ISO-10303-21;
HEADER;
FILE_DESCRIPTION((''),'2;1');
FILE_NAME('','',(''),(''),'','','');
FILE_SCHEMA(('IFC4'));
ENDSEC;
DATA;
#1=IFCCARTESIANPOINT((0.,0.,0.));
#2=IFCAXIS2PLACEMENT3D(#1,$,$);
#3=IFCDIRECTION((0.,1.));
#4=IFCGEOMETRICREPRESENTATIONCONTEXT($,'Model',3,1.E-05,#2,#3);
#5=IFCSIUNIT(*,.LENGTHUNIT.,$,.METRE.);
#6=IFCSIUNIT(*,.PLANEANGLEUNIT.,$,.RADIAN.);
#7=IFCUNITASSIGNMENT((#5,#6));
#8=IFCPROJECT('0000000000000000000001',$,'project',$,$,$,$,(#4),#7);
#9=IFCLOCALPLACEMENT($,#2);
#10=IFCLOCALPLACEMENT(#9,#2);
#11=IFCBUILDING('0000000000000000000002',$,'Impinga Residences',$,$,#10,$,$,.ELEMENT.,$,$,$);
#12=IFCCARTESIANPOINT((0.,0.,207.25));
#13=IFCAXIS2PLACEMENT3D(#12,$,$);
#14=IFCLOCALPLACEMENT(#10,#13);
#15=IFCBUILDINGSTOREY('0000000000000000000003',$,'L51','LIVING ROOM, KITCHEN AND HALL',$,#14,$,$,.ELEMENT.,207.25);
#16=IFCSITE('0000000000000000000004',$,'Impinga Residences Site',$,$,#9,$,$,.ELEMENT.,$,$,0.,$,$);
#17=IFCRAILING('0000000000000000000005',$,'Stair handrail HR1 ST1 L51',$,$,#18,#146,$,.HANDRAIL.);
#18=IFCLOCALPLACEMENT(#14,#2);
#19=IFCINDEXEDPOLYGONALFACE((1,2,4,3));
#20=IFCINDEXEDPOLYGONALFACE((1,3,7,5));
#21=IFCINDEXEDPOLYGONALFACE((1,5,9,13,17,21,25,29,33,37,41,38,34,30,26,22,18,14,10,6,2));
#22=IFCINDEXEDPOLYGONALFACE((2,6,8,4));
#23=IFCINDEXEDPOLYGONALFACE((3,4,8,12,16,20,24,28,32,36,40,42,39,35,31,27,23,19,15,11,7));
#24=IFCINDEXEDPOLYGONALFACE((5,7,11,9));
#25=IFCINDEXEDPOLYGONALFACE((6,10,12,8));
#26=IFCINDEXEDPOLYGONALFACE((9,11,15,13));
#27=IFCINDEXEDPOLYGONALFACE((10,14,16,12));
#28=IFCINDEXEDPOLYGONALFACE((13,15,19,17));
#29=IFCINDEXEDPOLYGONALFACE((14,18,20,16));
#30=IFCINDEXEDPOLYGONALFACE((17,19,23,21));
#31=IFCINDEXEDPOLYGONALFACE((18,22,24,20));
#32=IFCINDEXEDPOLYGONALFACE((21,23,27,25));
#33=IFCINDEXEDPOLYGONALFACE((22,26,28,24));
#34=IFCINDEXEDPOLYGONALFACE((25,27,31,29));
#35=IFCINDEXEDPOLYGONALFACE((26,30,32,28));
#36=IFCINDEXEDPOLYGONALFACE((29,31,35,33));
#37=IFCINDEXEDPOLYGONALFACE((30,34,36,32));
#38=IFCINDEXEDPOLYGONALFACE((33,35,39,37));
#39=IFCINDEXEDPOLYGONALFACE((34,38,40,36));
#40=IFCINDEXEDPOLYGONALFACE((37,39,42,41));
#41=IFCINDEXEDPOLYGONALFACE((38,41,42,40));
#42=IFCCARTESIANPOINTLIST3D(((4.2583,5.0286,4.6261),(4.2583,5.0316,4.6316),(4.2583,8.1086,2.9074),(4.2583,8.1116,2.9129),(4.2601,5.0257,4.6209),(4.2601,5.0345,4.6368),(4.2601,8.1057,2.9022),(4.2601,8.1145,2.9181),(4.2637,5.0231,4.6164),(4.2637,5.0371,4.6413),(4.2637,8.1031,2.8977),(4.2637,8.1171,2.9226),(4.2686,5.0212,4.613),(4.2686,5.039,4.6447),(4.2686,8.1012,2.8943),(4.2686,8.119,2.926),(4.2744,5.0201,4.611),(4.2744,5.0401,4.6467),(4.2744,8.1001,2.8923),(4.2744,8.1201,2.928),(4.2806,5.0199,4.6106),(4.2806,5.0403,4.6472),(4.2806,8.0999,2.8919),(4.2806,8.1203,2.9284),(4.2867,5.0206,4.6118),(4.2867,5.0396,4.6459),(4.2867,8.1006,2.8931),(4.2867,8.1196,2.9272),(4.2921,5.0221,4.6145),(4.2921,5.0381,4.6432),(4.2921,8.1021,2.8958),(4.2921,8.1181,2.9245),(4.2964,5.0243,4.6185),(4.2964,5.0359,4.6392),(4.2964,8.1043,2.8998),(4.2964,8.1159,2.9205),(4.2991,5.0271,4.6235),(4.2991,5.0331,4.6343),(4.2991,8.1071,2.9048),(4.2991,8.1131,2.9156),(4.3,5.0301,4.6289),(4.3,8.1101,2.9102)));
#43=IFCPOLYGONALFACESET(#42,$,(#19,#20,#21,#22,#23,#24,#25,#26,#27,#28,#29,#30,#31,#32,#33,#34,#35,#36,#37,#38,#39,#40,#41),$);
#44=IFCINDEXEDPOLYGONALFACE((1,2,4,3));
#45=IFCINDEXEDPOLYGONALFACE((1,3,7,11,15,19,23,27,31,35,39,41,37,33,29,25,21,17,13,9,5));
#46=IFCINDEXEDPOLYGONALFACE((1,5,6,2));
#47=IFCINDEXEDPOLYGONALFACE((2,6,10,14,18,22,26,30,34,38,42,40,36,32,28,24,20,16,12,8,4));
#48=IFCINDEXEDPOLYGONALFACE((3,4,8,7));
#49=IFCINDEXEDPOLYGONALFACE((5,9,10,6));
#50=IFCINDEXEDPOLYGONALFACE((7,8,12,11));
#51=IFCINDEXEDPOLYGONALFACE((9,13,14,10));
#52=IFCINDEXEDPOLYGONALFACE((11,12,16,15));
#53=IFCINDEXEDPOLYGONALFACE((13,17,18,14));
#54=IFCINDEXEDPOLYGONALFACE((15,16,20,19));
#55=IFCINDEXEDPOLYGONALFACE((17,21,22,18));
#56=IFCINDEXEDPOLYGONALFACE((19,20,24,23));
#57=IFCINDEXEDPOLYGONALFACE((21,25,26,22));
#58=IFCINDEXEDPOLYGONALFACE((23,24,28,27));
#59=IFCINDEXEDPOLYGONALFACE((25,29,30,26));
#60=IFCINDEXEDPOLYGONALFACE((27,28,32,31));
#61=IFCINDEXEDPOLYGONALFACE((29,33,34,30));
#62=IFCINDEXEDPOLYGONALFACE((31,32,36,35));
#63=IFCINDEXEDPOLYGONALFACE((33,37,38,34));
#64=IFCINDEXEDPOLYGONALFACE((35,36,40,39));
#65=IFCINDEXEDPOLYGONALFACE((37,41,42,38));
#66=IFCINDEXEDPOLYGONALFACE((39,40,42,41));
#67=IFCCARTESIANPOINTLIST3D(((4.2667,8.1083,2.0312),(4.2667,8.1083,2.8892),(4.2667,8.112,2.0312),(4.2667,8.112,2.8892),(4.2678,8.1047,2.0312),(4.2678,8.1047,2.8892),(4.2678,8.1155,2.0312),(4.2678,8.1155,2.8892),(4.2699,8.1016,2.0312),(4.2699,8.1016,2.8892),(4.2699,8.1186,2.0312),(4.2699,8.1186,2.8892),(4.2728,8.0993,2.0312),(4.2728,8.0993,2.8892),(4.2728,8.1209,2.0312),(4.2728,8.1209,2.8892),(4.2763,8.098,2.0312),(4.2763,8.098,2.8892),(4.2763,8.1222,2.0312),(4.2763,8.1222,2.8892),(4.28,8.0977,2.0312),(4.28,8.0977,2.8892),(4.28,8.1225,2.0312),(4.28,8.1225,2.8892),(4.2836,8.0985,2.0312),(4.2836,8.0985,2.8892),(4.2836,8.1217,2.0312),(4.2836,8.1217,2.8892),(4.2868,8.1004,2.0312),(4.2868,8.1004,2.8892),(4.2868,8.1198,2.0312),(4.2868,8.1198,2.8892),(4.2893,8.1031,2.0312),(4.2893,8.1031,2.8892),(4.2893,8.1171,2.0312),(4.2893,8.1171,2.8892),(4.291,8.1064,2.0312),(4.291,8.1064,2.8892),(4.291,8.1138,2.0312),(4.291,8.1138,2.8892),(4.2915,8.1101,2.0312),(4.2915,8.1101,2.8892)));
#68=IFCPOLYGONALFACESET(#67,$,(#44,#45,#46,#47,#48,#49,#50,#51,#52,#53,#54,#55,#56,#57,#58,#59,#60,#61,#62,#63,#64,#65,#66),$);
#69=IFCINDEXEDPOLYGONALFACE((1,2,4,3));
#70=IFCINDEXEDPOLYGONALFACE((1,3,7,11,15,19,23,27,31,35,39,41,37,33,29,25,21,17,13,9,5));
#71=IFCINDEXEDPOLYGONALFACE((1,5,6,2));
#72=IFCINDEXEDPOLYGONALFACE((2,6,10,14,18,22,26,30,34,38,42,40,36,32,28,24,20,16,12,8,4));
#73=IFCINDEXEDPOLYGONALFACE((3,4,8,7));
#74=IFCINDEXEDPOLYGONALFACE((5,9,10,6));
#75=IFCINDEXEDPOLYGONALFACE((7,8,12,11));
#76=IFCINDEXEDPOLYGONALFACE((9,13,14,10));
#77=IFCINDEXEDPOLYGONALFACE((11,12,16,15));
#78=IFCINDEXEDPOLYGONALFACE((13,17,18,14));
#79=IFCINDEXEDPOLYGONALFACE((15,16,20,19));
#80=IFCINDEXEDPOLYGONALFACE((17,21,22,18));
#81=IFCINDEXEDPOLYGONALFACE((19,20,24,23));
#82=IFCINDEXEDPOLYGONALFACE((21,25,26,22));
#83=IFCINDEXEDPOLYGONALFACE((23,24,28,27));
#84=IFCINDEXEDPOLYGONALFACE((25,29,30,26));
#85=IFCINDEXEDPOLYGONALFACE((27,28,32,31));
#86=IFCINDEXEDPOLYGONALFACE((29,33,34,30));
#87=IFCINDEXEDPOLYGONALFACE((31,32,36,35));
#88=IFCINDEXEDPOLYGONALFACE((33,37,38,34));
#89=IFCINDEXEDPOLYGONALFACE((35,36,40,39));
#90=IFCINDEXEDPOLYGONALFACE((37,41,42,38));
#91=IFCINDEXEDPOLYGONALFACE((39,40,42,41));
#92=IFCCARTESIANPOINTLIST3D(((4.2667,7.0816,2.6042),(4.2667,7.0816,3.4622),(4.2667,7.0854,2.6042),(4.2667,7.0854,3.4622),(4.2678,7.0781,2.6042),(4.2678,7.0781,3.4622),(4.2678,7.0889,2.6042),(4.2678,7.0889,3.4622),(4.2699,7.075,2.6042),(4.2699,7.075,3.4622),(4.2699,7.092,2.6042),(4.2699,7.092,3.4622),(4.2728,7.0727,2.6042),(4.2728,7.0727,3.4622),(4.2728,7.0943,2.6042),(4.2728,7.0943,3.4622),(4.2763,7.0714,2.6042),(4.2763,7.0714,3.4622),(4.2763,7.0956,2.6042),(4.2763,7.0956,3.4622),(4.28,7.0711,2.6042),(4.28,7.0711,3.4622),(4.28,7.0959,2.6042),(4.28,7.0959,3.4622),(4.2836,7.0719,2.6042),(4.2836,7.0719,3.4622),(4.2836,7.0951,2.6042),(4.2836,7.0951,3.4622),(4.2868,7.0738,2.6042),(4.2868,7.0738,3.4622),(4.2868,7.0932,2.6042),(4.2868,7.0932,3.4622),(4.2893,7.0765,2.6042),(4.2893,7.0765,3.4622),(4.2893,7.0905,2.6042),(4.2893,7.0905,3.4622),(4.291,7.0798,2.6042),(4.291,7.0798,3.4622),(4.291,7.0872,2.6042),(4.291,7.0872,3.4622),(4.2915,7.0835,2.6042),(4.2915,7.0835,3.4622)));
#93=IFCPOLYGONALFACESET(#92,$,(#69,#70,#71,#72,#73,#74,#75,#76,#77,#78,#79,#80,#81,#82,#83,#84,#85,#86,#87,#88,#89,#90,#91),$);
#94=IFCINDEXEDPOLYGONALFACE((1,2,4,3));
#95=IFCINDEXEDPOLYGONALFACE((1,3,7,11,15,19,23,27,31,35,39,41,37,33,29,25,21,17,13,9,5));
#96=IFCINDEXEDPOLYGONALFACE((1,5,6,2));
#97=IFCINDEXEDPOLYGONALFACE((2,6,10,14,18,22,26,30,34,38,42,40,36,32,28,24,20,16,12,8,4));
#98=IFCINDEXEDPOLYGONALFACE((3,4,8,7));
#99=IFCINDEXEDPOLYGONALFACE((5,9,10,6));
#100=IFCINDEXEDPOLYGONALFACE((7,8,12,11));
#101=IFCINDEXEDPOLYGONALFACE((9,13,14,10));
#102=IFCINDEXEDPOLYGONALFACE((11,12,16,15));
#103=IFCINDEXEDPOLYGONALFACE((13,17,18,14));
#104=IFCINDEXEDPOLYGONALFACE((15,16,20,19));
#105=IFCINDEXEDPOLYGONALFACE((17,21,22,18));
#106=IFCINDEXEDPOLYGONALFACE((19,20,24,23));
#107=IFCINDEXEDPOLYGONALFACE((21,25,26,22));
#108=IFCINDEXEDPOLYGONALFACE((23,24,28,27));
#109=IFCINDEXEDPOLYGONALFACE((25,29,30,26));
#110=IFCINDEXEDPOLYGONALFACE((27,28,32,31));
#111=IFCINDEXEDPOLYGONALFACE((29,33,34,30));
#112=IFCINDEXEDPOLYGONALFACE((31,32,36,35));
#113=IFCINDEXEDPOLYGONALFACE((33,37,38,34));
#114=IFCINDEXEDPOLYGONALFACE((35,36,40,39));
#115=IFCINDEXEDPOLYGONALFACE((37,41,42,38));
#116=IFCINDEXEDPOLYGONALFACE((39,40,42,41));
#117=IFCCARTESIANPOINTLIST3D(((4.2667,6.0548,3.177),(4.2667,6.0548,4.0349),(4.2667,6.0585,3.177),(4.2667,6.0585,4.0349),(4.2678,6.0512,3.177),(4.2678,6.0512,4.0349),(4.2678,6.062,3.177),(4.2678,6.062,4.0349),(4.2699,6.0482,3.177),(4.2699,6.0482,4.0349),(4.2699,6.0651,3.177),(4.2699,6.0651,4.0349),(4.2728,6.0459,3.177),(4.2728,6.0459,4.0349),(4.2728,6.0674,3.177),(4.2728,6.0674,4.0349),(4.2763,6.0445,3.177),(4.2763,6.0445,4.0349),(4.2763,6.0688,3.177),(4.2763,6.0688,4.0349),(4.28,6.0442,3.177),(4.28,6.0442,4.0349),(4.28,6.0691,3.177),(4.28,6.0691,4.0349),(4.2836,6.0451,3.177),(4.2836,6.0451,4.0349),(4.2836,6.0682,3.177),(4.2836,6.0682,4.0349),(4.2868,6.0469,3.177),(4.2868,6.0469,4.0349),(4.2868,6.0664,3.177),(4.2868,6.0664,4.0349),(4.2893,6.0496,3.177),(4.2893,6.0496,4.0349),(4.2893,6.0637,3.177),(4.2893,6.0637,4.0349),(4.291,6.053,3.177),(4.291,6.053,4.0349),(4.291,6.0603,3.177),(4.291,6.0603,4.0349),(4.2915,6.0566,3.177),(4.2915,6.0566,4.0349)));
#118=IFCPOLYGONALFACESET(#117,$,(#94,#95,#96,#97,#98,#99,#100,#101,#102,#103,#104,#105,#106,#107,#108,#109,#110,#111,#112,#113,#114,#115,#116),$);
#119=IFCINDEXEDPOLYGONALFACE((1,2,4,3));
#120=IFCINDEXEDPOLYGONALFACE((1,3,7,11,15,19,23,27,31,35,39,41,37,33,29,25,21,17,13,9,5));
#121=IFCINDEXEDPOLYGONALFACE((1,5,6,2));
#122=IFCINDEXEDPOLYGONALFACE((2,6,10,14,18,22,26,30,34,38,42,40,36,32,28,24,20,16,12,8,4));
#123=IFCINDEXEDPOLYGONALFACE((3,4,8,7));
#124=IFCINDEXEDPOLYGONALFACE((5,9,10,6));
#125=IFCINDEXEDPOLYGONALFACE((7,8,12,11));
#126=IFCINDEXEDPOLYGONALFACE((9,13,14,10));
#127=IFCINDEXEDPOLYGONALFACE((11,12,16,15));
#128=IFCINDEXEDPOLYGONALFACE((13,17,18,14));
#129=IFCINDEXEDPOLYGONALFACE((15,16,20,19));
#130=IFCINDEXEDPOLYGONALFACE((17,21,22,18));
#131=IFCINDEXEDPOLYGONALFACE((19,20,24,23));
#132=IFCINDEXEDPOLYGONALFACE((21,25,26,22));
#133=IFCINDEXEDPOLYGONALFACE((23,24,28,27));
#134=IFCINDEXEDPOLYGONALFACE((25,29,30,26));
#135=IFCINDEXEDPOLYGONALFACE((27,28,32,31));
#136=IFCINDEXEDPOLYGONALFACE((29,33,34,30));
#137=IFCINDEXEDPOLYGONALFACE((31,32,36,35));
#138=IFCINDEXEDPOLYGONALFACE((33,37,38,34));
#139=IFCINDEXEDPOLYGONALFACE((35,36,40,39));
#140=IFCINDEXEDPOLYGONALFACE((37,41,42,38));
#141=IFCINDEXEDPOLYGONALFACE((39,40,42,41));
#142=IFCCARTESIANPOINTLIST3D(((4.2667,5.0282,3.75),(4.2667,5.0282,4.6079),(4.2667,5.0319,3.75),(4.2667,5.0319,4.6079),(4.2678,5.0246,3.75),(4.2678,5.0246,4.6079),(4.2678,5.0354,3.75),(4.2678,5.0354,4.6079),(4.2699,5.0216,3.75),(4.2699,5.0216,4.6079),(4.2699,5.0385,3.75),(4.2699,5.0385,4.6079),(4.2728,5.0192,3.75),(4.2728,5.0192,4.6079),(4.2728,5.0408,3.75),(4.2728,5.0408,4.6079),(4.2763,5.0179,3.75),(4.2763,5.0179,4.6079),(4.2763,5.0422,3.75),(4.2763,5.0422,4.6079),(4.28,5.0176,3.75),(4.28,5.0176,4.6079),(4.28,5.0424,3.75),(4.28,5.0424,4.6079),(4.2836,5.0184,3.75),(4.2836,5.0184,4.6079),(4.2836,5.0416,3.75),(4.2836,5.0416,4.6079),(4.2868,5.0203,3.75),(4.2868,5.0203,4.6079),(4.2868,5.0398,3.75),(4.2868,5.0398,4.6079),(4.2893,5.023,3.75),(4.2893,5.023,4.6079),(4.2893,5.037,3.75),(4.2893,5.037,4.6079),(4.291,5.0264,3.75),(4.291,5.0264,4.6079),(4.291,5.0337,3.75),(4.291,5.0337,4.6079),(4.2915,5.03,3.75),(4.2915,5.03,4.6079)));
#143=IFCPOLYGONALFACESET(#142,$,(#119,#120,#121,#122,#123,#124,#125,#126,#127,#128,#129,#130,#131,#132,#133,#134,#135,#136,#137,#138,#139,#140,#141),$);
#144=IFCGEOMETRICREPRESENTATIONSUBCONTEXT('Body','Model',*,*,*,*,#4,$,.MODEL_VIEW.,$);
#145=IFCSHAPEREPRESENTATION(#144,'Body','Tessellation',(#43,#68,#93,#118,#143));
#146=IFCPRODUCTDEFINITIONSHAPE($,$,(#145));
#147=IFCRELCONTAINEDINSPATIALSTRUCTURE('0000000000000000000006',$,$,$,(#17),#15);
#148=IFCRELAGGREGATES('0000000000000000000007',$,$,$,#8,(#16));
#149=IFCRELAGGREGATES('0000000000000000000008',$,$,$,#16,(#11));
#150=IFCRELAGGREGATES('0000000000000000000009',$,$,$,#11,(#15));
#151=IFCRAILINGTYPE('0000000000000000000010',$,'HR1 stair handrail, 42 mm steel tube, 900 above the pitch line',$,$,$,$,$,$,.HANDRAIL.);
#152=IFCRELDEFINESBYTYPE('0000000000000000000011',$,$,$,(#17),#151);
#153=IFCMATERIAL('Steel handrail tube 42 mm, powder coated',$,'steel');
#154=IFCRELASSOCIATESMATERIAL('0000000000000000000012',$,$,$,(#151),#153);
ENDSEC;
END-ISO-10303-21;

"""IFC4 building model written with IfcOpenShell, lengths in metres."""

from ifc_helpers import new_model, si_unit, direction, frame, origin, origin_2d, place, context, subcontext, project, spatial, circle, extrude, material, type_object, element, save


model = new_model("IFC4")

# Units and contexts
model_context = context("Model", 3, precision=1e-05, world=origin(), true_north=direction((0.0, 1.0)))
body_context = subcontext(model_context, "Body", "Model", "MODEL_VIEW")
ifc_project = project(units=[si_unit("LENGTHUNIT", "METRE"), si_unit("PLANEANGLEUNIT", "RADIAN")], contexts=[model_context])

# Site, building, storey
site_placement = place(None, origin())
site = spatial("IfcSite", under=ifc_project, at=site_placement, Name="Impinga Residences Site", CompositionType="ELEMENT", RefElevation=0.0)
building_placement = place(site_placement, origin())
building = spatial("IfcBuilding", under=site, at=building_placement, Name="Impinga Residences", CompositionType="ELEMENT")
storey_placement = place(building_placement, frame((0.0, 0.0, 207.25)))
storey = spatial("IfcBuildingStorey", under=building, at=storey_placement, Name="L51", Description="LIVING ROOM, KITCHEN AND HALL", CompositionType="ELEMENT", Elevation=207.25)

# Railing
ifc_material_1 = material(Name="Steel handrail tube 42 mm, powder coated", Category="steel")
railing_type_1 = type_object("IfcRailingType", Name="HR1 stair handrail, 42 mm steel tube, 900 above the pitch line", PredefinedType="HANDRAIL", material=ifc_material_1)
railing_1_placement = place(storey_placement, frame((4.2791, 8.1101, 2.0312)))
element("IfcRailing", 1, at=railing_1_placement, inside=storey, type_object=railing_type_1, Name="Stair handrail HR1 ST1 L51", PredefinedType="HANDRAIL", context=body_context, shape_type="SweptSolid", body=[
    extrude(circle(Radius=0.021, at=origin_2d()), frame((0.0, 0.0, 0.8789), z_axis=(0.0, -0.873242, 0.487288), x_axis=(1.0, 0.0, 0.0)), (0.0, 0.0, 1.0), 3.5271),
    extrude(circle(Radius=0.0125, at=origin_2d()), origin(), (0.0, 0.0, 1.0), 0.8579),
    extrude(circle(Radius=0.0125, at=origin_2d()), frame((0.0, -1.0266, 0.573)), (0.0, 0.0, 1.0), 0.8579),
    extrude(circle(Radius=0.0125, at=origin_2d()), frame((0.0, -2.0535, 1.1458)), (0.0, 0.0, 1.0), 0.8579),
    extrude(circle(Radius=0.0125, at=origin_2d()), frame((0.0, -3.0801, 1.7188)), (0.0, 0.0, 1.0), 0.8579),
])

save(model, "model.ifc")
